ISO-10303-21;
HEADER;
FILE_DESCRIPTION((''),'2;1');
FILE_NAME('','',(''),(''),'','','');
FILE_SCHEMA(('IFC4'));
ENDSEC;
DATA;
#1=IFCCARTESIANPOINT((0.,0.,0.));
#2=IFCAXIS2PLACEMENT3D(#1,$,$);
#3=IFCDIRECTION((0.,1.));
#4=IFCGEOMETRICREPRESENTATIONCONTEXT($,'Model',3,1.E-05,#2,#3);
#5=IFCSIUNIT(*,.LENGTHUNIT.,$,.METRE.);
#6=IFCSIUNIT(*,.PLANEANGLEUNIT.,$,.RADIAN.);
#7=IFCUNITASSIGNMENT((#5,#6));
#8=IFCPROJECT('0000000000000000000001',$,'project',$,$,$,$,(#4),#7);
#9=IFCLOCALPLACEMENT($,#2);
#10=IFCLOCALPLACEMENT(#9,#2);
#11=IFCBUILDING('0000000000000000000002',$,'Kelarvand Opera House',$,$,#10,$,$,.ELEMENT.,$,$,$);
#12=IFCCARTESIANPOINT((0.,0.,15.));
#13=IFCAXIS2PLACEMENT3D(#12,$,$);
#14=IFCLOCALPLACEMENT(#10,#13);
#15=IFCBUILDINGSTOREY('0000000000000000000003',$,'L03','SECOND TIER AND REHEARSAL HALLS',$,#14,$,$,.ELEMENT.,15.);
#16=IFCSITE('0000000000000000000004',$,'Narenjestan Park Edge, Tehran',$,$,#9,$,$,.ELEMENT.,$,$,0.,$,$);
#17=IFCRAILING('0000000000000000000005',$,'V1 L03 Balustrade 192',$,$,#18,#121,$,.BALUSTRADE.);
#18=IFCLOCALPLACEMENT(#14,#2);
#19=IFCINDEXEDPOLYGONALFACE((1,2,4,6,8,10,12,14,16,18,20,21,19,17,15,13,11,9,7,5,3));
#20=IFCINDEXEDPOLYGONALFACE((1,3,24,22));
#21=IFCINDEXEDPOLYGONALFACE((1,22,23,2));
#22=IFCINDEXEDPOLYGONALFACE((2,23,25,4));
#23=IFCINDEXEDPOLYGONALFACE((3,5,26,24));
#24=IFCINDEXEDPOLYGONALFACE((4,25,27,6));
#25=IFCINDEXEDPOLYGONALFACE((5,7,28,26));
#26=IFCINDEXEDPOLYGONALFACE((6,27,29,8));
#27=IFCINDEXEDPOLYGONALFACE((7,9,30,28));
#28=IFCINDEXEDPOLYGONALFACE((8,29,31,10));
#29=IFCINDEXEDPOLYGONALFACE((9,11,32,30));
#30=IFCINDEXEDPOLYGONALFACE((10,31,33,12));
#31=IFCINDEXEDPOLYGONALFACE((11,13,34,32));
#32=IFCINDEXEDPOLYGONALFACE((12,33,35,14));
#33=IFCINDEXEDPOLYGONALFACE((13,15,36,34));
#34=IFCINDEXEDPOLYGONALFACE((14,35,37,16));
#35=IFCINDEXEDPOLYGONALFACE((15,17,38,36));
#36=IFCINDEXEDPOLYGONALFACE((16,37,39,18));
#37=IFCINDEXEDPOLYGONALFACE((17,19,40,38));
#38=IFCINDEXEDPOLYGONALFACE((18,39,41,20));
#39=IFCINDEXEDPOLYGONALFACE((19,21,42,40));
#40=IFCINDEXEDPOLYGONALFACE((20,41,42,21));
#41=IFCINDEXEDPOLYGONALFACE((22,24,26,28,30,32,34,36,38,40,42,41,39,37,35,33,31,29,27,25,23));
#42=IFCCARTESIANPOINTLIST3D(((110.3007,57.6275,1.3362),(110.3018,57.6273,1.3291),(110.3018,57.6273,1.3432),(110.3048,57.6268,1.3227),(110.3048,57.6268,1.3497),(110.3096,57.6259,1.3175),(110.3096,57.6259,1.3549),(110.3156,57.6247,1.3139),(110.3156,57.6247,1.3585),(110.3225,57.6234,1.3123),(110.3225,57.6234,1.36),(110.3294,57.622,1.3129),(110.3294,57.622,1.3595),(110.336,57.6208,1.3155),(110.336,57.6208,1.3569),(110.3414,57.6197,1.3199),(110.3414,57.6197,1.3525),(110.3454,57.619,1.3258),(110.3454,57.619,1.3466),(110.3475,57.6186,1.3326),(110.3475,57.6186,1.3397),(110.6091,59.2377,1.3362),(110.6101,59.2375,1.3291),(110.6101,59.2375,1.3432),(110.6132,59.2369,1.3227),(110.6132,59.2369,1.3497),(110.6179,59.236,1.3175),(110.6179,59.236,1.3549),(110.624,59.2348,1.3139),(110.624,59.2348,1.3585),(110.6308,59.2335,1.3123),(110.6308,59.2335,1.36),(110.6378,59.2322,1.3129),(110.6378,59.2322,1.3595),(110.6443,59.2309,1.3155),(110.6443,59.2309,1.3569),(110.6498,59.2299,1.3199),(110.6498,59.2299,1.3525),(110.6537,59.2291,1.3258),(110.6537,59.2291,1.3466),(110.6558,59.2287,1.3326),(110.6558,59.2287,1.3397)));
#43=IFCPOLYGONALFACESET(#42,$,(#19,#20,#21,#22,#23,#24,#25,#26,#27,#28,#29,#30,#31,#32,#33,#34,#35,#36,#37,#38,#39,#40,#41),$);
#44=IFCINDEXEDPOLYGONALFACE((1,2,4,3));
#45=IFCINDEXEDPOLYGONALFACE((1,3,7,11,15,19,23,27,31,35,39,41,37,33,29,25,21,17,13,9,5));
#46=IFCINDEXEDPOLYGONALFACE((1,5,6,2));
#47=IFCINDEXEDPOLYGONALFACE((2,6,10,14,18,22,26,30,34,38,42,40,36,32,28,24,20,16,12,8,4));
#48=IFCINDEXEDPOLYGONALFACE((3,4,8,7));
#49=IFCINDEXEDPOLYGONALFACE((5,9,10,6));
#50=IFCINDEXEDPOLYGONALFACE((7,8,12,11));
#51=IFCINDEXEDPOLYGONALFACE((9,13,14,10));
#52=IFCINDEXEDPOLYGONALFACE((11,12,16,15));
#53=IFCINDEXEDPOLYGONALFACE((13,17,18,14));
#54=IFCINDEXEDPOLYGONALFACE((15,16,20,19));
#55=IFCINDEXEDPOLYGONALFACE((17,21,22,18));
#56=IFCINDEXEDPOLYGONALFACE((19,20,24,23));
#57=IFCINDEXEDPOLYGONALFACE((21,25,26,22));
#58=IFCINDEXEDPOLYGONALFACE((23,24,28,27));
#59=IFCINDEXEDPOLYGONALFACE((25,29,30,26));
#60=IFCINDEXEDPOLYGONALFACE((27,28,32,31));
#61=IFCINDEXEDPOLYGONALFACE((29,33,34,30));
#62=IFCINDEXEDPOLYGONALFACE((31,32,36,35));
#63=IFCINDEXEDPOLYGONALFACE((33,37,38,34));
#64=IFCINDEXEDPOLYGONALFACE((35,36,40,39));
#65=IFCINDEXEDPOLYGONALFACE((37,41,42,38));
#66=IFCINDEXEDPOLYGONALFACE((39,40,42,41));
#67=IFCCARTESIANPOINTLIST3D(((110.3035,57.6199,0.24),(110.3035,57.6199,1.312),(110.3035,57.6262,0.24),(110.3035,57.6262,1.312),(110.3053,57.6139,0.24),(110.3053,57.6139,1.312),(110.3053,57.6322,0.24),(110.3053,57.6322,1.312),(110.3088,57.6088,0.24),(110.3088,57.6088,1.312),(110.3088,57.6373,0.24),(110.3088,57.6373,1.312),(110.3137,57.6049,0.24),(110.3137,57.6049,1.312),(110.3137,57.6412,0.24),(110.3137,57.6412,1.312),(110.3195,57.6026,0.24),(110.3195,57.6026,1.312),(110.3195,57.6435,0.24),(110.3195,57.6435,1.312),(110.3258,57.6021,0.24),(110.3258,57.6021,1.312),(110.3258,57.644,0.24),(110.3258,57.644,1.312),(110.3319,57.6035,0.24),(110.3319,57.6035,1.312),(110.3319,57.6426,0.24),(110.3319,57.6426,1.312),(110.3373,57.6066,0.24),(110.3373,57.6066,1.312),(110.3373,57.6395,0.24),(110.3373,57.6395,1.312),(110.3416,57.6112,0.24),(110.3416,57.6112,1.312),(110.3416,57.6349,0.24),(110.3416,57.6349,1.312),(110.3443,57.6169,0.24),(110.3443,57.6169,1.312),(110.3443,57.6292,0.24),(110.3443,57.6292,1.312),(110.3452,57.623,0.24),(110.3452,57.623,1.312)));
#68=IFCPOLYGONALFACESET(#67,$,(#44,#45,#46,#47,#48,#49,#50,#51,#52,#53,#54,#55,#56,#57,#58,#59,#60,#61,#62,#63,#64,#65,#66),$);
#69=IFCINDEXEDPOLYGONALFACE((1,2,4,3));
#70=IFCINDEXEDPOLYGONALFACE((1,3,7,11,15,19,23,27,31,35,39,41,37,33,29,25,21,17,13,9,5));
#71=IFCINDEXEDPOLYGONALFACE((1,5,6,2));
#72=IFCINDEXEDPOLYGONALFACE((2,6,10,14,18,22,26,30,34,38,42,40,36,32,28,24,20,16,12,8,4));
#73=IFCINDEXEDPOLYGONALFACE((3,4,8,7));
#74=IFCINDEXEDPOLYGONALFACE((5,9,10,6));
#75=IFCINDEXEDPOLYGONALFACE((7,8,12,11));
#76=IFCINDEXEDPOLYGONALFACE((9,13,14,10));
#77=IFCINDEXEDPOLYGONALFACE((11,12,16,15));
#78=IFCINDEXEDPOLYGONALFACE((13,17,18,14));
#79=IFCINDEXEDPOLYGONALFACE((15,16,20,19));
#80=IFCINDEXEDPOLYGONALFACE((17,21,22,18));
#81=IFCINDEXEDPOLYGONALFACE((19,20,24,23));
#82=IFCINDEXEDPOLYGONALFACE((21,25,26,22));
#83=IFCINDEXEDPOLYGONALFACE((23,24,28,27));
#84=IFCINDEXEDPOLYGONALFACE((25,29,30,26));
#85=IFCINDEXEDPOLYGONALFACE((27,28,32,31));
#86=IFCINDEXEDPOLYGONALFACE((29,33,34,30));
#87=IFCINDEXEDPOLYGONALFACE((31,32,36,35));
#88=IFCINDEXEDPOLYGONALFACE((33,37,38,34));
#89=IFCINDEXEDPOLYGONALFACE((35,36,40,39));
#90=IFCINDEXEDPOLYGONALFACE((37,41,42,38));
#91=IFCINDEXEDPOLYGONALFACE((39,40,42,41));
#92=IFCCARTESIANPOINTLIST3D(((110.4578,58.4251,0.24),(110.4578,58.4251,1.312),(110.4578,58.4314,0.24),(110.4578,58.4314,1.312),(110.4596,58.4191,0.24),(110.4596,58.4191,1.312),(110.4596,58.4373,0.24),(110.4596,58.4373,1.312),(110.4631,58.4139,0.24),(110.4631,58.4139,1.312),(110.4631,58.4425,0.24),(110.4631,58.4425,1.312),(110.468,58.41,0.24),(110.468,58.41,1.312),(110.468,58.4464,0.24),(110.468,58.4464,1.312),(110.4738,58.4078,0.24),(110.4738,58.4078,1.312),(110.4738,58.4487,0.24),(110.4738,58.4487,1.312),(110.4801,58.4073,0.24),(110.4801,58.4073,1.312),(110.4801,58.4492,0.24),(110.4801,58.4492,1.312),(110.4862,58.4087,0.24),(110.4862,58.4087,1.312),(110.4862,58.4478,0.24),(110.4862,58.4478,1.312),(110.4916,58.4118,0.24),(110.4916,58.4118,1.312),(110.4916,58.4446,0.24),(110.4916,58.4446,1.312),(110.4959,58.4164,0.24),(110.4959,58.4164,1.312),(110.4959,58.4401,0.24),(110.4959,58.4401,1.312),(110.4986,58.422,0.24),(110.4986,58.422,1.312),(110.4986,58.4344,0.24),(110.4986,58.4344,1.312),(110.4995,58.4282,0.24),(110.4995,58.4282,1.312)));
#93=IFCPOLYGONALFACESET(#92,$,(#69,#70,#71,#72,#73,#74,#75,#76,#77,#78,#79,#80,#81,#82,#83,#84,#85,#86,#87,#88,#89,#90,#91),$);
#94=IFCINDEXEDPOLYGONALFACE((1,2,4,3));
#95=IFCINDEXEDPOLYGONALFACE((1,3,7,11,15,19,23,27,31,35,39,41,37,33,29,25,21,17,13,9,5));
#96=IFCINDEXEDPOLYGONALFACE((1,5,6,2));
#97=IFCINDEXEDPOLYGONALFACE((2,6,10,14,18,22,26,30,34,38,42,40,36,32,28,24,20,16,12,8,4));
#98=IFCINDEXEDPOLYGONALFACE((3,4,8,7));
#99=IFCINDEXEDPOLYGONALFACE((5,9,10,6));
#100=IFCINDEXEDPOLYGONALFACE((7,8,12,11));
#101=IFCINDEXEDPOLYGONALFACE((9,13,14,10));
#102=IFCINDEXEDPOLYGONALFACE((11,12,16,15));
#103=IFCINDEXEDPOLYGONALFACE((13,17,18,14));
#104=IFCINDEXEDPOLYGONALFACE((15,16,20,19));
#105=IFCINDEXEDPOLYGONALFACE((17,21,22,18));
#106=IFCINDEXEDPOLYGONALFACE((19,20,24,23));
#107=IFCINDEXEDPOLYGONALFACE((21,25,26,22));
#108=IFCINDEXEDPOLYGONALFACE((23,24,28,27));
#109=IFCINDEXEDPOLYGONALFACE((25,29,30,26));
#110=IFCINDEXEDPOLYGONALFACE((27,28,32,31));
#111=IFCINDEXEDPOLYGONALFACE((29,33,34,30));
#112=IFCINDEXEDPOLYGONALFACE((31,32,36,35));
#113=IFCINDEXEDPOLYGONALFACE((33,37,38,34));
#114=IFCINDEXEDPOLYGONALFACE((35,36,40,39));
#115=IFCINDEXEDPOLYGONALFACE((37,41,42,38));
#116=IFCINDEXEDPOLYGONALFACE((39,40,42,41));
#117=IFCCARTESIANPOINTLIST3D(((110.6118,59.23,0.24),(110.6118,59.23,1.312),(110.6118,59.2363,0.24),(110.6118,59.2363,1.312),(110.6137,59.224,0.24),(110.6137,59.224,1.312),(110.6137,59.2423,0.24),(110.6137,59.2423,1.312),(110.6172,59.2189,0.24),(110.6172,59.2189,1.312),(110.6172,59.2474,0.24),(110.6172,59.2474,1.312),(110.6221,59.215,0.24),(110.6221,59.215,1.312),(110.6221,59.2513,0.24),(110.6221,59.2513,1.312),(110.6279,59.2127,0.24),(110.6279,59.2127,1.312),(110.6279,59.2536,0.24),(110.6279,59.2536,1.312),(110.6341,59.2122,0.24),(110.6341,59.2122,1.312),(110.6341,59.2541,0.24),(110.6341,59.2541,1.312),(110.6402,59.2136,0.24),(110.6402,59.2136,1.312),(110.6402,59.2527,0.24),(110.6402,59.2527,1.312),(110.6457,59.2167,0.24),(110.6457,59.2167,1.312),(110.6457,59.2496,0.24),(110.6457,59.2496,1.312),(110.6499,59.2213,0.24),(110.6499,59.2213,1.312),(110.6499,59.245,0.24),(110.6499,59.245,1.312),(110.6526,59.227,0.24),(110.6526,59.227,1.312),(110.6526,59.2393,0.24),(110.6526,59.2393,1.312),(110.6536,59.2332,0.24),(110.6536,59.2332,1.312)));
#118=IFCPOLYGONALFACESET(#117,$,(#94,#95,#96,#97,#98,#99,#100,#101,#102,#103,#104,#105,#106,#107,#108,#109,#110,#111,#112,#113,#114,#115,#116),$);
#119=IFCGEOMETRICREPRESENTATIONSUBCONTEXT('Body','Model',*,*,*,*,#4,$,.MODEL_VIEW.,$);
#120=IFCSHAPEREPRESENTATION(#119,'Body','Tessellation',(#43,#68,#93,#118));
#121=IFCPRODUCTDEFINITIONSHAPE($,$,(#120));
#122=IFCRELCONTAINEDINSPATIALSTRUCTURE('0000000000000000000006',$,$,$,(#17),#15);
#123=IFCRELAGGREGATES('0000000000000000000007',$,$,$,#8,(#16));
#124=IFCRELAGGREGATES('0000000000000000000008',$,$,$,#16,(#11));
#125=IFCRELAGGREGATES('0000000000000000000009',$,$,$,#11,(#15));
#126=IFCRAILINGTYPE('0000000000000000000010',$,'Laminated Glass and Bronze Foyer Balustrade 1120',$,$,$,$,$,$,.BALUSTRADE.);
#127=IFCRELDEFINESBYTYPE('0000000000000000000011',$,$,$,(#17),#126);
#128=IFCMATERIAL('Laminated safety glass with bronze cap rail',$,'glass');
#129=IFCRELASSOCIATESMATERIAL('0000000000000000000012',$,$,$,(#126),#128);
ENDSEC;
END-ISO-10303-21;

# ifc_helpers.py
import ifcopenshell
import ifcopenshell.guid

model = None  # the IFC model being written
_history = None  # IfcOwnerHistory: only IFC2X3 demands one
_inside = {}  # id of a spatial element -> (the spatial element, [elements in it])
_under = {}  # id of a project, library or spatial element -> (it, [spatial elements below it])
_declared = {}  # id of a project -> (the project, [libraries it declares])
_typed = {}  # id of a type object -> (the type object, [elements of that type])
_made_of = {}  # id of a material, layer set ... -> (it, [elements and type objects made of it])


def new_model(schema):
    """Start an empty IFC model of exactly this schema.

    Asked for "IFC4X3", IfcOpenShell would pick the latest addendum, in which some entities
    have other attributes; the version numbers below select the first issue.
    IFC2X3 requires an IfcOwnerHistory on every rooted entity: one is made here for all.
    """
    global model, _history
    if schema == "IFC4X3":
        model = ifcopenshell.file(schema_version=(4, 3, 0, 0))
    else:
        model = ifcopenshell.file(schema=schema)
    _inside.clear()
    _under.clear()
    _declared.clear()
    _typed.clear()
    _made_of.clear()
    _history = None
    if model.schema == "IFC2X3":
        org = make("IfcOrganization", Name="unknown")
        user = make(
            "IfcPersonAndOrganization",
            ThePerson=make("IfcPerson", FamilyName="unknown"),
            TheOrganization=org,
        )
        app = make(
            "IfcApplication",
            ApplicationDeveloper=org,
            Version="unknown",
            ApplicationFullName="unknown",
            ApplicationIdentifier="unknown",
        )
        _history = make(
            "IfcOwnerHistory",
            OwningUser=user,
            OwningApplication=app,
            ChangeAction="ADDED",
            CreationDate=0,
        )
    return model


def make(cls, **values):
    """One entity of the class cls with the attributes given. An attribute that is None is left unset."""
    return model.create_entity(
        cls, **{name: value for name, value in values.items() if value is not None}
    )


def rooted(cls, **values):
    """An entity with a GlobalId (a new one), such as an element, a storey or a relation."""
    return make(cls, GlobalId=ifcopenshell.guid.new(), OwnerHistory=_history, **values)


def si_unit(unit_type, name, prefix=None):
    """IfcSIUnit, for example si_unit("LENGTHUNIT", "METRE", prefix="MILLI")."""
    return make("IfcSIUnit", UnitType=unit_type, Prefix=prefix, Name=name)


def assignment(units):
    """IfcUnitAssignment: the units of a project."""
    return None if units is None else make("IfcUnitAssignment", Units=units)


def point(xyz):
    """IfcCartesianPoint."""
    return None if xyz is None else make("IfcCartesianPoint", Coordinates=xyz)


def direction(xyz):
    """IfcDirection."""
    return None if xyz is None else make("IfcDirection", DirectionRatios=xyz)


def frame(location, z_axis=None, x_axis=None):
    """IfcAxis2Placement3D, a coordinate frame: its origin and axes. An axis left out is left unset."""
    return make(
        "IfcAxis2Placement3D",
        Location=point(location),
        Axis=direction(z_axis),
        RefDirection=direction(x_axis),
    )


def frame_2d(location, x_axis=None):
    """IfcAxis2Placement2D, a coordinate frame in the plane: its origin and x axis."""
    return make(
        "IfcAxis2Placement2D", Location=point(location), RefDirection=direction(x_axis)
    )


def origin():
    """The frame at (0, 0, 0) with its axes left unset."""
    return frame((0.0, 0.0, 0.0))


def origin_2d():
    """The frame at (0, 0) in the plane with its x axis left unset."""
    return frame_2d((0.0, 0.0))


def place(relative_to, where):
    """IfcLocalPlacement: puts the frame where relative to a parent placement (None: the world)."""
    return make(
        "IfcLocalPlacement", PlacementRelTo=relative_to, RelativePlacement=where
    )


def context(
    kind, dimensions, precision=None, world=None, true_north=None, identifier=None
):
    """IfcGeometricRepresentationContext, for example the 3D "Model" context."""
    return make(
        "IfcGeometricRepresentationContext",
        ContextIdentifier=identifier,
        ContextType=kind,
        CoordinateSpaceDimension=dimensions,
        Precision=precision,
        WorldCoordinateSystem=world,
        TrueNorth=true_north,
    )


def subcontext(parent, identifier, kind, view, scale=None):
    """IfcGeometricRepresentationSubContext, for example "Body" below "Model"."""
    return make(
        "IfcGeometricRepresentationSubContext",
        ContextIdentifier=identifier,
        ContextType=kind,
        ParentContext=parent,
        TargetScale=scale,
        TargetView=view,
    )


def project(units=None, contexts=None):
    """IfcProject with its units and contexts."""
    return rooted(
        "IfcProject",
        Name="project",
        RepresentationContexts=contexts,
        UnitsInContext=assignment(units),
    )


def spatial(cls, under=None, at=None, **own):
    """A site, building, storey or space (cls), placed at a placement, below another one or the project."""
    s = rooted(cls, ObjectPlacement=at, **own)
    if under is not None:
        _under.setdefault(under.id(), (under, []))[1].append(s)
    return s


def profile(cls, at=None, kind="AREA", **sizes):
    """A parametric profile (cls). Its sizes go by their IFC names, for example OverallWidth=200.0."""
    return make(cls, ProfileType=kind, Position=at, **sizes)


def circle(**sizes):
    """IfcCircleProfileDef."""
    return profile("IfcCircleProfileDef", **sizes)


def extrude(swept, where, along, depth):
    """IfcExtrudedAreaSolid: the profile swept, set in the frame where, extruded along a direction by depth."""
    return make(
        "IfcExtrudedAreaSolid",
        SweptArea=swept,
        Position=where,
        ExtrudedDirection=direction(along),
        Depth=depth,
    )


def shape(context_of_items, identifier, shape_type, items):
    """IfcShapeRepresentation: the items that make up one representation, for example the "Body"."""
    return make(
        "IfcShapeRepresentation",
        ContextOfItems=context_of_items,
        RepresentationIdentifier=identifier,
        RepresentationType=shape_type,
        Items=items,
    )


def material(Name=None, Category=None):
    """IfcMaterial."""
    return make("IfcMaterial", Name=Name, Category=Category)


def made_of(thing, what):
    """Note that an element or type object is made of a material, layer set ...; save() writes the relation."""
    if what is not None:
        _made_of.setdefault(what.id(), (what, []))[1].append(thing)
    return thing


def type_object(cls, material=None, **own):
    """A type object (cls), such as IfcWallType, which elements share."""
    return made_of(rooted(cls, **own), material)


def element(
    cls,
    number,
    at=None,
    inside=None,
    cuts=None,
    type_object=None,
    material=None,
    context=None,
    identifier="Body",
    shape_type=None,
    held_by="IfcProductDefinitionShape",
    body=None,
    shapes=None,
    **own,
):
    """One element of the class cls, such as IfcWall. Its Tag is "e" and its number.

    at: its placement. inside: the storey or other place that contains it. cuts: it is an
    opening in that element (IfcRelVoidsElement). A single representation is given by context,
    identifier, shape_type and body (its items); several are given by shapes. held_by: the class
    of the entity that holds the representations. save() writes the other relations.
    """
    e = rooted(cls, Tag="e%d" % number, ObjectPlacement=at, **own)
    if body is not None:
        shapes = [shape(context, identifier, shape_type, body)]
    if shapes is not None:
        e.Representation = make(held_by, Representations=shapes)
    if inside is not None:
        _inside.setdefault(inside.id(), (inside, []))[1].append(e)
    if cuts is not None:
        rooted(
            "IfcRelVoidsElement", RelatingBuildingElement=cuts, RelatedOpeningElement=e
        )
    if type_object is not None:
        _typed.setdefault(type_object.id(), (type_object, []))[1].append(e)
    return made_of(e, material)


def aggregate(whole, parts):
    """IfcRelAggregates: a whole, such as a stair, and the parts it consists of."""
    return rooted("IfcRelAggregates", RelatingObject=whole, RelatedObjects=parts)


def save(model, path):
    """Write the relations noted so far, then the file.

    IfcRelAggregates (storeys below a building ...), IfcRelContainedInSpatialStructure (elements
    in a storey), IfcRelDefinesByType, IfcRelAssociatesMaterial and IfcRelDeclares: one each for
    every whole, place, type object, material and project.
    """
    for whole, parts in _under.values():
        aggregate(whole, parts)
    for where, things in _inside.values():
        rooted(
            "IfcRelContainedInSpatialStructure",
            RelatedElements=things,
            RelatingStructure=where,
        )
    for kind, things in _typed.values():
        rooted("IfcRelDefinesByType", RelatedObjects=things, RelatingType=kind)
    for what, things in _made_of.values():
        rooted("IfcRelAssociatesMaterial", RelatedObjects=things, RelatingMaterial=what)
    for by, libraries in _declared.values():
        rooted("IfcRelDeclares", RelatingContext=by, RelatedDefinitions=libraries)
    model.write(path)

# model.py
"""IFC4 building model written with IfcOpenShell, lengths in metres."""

from ifc_helpers import new_model, si_unit, direction, frame, origin, origin_2d, place, context, subcontext, project, spatial, circle, extrude, material, type_object, element, save


model = new_model("IFC4")

# Units and contexts
model_context = context("Model", 3, precision=1e-05, world=origin(), true_north=direction((0.0, 1.0)))
body_context = subcontext(model_context, "Body", "Model", "MODEL_VIEW")
ifc_project = project(units=[si_unit("LENGTHUNIT", "METRE"), si_unit("PLANEANGLEUNIT", "RADIAN")], contexts=[model_context])

# Site, building, storey
site_placement = place(None, origin())
site = spatial("IfcSite", under=ifc_project, at=site_placement, Name="Narenjestan Park Edge, Tehran", CompositionType="ELEMENT", RefElevation=0.0)
building_placement = place(site_placement, origin())
building = spatial("IfcBuilding", under=site, at=building_placement, Name="Kelarvand Opera House", CompositionType="ELEMENT")
storey_placement = place(building_placement, frame((0.0, 0.0, 15.0)))
storey = spatial("IfcBuildingStorey", under=building, at=storey_placement, Name="L03", Description="SECOND TIER AND REHEARSAL HALLS", CompositionType="ELEMENT", Elevation=15.0)

# Railing
ifc_material_1 = material(Name="Laminated safety glass with bronze cap rail", Category="glass")
railing_type = type_object("IfcRailingType", Name="Laminated Glass and Bronze Foyer Balustrade 1120", PredefinedType="BALUSTRADE", material=ifc_material_1)
railing_1_placement = place(storey_placement, frame((110.3242, 57.623, 0.24)))
element("IfcRailing", 1, at=railing_1_placement, inside=storey, type_object=railing_type, Name="V1 L03 Balustrade 192", PredefinedType="BALUSTRADE", context=body_context, shape_type="SweptSolid", body=[
    extrude(circle(Radius=0.0239, at=origin_2d()), frame((0.0, 0.0, 1.0962), z_axis=(0.188091, 0.982152, 0.0), x_axis=(-0.982152, 0.188091, 0.0)), (0.0, 0.0, 1.0), 1.6394),
    extrude(circle(Radius=0.021, at=origin_2d()), origin(), (0.0, 0.0, 1.0), 1.072),
    extrude(circle(Radius=0.021, at=origin_2d()), frame((0.1543, 0.8052, 0.0)), (0.0, 0.0, 1.0), 1.072),
    extrude(circle(Radius=0.021, at=origin_2d()), frame((0.3083, 1.6101, 0.0)), (0.0, 0.0, 1.0), 1.072),
])

save(model, "model.ifc")
